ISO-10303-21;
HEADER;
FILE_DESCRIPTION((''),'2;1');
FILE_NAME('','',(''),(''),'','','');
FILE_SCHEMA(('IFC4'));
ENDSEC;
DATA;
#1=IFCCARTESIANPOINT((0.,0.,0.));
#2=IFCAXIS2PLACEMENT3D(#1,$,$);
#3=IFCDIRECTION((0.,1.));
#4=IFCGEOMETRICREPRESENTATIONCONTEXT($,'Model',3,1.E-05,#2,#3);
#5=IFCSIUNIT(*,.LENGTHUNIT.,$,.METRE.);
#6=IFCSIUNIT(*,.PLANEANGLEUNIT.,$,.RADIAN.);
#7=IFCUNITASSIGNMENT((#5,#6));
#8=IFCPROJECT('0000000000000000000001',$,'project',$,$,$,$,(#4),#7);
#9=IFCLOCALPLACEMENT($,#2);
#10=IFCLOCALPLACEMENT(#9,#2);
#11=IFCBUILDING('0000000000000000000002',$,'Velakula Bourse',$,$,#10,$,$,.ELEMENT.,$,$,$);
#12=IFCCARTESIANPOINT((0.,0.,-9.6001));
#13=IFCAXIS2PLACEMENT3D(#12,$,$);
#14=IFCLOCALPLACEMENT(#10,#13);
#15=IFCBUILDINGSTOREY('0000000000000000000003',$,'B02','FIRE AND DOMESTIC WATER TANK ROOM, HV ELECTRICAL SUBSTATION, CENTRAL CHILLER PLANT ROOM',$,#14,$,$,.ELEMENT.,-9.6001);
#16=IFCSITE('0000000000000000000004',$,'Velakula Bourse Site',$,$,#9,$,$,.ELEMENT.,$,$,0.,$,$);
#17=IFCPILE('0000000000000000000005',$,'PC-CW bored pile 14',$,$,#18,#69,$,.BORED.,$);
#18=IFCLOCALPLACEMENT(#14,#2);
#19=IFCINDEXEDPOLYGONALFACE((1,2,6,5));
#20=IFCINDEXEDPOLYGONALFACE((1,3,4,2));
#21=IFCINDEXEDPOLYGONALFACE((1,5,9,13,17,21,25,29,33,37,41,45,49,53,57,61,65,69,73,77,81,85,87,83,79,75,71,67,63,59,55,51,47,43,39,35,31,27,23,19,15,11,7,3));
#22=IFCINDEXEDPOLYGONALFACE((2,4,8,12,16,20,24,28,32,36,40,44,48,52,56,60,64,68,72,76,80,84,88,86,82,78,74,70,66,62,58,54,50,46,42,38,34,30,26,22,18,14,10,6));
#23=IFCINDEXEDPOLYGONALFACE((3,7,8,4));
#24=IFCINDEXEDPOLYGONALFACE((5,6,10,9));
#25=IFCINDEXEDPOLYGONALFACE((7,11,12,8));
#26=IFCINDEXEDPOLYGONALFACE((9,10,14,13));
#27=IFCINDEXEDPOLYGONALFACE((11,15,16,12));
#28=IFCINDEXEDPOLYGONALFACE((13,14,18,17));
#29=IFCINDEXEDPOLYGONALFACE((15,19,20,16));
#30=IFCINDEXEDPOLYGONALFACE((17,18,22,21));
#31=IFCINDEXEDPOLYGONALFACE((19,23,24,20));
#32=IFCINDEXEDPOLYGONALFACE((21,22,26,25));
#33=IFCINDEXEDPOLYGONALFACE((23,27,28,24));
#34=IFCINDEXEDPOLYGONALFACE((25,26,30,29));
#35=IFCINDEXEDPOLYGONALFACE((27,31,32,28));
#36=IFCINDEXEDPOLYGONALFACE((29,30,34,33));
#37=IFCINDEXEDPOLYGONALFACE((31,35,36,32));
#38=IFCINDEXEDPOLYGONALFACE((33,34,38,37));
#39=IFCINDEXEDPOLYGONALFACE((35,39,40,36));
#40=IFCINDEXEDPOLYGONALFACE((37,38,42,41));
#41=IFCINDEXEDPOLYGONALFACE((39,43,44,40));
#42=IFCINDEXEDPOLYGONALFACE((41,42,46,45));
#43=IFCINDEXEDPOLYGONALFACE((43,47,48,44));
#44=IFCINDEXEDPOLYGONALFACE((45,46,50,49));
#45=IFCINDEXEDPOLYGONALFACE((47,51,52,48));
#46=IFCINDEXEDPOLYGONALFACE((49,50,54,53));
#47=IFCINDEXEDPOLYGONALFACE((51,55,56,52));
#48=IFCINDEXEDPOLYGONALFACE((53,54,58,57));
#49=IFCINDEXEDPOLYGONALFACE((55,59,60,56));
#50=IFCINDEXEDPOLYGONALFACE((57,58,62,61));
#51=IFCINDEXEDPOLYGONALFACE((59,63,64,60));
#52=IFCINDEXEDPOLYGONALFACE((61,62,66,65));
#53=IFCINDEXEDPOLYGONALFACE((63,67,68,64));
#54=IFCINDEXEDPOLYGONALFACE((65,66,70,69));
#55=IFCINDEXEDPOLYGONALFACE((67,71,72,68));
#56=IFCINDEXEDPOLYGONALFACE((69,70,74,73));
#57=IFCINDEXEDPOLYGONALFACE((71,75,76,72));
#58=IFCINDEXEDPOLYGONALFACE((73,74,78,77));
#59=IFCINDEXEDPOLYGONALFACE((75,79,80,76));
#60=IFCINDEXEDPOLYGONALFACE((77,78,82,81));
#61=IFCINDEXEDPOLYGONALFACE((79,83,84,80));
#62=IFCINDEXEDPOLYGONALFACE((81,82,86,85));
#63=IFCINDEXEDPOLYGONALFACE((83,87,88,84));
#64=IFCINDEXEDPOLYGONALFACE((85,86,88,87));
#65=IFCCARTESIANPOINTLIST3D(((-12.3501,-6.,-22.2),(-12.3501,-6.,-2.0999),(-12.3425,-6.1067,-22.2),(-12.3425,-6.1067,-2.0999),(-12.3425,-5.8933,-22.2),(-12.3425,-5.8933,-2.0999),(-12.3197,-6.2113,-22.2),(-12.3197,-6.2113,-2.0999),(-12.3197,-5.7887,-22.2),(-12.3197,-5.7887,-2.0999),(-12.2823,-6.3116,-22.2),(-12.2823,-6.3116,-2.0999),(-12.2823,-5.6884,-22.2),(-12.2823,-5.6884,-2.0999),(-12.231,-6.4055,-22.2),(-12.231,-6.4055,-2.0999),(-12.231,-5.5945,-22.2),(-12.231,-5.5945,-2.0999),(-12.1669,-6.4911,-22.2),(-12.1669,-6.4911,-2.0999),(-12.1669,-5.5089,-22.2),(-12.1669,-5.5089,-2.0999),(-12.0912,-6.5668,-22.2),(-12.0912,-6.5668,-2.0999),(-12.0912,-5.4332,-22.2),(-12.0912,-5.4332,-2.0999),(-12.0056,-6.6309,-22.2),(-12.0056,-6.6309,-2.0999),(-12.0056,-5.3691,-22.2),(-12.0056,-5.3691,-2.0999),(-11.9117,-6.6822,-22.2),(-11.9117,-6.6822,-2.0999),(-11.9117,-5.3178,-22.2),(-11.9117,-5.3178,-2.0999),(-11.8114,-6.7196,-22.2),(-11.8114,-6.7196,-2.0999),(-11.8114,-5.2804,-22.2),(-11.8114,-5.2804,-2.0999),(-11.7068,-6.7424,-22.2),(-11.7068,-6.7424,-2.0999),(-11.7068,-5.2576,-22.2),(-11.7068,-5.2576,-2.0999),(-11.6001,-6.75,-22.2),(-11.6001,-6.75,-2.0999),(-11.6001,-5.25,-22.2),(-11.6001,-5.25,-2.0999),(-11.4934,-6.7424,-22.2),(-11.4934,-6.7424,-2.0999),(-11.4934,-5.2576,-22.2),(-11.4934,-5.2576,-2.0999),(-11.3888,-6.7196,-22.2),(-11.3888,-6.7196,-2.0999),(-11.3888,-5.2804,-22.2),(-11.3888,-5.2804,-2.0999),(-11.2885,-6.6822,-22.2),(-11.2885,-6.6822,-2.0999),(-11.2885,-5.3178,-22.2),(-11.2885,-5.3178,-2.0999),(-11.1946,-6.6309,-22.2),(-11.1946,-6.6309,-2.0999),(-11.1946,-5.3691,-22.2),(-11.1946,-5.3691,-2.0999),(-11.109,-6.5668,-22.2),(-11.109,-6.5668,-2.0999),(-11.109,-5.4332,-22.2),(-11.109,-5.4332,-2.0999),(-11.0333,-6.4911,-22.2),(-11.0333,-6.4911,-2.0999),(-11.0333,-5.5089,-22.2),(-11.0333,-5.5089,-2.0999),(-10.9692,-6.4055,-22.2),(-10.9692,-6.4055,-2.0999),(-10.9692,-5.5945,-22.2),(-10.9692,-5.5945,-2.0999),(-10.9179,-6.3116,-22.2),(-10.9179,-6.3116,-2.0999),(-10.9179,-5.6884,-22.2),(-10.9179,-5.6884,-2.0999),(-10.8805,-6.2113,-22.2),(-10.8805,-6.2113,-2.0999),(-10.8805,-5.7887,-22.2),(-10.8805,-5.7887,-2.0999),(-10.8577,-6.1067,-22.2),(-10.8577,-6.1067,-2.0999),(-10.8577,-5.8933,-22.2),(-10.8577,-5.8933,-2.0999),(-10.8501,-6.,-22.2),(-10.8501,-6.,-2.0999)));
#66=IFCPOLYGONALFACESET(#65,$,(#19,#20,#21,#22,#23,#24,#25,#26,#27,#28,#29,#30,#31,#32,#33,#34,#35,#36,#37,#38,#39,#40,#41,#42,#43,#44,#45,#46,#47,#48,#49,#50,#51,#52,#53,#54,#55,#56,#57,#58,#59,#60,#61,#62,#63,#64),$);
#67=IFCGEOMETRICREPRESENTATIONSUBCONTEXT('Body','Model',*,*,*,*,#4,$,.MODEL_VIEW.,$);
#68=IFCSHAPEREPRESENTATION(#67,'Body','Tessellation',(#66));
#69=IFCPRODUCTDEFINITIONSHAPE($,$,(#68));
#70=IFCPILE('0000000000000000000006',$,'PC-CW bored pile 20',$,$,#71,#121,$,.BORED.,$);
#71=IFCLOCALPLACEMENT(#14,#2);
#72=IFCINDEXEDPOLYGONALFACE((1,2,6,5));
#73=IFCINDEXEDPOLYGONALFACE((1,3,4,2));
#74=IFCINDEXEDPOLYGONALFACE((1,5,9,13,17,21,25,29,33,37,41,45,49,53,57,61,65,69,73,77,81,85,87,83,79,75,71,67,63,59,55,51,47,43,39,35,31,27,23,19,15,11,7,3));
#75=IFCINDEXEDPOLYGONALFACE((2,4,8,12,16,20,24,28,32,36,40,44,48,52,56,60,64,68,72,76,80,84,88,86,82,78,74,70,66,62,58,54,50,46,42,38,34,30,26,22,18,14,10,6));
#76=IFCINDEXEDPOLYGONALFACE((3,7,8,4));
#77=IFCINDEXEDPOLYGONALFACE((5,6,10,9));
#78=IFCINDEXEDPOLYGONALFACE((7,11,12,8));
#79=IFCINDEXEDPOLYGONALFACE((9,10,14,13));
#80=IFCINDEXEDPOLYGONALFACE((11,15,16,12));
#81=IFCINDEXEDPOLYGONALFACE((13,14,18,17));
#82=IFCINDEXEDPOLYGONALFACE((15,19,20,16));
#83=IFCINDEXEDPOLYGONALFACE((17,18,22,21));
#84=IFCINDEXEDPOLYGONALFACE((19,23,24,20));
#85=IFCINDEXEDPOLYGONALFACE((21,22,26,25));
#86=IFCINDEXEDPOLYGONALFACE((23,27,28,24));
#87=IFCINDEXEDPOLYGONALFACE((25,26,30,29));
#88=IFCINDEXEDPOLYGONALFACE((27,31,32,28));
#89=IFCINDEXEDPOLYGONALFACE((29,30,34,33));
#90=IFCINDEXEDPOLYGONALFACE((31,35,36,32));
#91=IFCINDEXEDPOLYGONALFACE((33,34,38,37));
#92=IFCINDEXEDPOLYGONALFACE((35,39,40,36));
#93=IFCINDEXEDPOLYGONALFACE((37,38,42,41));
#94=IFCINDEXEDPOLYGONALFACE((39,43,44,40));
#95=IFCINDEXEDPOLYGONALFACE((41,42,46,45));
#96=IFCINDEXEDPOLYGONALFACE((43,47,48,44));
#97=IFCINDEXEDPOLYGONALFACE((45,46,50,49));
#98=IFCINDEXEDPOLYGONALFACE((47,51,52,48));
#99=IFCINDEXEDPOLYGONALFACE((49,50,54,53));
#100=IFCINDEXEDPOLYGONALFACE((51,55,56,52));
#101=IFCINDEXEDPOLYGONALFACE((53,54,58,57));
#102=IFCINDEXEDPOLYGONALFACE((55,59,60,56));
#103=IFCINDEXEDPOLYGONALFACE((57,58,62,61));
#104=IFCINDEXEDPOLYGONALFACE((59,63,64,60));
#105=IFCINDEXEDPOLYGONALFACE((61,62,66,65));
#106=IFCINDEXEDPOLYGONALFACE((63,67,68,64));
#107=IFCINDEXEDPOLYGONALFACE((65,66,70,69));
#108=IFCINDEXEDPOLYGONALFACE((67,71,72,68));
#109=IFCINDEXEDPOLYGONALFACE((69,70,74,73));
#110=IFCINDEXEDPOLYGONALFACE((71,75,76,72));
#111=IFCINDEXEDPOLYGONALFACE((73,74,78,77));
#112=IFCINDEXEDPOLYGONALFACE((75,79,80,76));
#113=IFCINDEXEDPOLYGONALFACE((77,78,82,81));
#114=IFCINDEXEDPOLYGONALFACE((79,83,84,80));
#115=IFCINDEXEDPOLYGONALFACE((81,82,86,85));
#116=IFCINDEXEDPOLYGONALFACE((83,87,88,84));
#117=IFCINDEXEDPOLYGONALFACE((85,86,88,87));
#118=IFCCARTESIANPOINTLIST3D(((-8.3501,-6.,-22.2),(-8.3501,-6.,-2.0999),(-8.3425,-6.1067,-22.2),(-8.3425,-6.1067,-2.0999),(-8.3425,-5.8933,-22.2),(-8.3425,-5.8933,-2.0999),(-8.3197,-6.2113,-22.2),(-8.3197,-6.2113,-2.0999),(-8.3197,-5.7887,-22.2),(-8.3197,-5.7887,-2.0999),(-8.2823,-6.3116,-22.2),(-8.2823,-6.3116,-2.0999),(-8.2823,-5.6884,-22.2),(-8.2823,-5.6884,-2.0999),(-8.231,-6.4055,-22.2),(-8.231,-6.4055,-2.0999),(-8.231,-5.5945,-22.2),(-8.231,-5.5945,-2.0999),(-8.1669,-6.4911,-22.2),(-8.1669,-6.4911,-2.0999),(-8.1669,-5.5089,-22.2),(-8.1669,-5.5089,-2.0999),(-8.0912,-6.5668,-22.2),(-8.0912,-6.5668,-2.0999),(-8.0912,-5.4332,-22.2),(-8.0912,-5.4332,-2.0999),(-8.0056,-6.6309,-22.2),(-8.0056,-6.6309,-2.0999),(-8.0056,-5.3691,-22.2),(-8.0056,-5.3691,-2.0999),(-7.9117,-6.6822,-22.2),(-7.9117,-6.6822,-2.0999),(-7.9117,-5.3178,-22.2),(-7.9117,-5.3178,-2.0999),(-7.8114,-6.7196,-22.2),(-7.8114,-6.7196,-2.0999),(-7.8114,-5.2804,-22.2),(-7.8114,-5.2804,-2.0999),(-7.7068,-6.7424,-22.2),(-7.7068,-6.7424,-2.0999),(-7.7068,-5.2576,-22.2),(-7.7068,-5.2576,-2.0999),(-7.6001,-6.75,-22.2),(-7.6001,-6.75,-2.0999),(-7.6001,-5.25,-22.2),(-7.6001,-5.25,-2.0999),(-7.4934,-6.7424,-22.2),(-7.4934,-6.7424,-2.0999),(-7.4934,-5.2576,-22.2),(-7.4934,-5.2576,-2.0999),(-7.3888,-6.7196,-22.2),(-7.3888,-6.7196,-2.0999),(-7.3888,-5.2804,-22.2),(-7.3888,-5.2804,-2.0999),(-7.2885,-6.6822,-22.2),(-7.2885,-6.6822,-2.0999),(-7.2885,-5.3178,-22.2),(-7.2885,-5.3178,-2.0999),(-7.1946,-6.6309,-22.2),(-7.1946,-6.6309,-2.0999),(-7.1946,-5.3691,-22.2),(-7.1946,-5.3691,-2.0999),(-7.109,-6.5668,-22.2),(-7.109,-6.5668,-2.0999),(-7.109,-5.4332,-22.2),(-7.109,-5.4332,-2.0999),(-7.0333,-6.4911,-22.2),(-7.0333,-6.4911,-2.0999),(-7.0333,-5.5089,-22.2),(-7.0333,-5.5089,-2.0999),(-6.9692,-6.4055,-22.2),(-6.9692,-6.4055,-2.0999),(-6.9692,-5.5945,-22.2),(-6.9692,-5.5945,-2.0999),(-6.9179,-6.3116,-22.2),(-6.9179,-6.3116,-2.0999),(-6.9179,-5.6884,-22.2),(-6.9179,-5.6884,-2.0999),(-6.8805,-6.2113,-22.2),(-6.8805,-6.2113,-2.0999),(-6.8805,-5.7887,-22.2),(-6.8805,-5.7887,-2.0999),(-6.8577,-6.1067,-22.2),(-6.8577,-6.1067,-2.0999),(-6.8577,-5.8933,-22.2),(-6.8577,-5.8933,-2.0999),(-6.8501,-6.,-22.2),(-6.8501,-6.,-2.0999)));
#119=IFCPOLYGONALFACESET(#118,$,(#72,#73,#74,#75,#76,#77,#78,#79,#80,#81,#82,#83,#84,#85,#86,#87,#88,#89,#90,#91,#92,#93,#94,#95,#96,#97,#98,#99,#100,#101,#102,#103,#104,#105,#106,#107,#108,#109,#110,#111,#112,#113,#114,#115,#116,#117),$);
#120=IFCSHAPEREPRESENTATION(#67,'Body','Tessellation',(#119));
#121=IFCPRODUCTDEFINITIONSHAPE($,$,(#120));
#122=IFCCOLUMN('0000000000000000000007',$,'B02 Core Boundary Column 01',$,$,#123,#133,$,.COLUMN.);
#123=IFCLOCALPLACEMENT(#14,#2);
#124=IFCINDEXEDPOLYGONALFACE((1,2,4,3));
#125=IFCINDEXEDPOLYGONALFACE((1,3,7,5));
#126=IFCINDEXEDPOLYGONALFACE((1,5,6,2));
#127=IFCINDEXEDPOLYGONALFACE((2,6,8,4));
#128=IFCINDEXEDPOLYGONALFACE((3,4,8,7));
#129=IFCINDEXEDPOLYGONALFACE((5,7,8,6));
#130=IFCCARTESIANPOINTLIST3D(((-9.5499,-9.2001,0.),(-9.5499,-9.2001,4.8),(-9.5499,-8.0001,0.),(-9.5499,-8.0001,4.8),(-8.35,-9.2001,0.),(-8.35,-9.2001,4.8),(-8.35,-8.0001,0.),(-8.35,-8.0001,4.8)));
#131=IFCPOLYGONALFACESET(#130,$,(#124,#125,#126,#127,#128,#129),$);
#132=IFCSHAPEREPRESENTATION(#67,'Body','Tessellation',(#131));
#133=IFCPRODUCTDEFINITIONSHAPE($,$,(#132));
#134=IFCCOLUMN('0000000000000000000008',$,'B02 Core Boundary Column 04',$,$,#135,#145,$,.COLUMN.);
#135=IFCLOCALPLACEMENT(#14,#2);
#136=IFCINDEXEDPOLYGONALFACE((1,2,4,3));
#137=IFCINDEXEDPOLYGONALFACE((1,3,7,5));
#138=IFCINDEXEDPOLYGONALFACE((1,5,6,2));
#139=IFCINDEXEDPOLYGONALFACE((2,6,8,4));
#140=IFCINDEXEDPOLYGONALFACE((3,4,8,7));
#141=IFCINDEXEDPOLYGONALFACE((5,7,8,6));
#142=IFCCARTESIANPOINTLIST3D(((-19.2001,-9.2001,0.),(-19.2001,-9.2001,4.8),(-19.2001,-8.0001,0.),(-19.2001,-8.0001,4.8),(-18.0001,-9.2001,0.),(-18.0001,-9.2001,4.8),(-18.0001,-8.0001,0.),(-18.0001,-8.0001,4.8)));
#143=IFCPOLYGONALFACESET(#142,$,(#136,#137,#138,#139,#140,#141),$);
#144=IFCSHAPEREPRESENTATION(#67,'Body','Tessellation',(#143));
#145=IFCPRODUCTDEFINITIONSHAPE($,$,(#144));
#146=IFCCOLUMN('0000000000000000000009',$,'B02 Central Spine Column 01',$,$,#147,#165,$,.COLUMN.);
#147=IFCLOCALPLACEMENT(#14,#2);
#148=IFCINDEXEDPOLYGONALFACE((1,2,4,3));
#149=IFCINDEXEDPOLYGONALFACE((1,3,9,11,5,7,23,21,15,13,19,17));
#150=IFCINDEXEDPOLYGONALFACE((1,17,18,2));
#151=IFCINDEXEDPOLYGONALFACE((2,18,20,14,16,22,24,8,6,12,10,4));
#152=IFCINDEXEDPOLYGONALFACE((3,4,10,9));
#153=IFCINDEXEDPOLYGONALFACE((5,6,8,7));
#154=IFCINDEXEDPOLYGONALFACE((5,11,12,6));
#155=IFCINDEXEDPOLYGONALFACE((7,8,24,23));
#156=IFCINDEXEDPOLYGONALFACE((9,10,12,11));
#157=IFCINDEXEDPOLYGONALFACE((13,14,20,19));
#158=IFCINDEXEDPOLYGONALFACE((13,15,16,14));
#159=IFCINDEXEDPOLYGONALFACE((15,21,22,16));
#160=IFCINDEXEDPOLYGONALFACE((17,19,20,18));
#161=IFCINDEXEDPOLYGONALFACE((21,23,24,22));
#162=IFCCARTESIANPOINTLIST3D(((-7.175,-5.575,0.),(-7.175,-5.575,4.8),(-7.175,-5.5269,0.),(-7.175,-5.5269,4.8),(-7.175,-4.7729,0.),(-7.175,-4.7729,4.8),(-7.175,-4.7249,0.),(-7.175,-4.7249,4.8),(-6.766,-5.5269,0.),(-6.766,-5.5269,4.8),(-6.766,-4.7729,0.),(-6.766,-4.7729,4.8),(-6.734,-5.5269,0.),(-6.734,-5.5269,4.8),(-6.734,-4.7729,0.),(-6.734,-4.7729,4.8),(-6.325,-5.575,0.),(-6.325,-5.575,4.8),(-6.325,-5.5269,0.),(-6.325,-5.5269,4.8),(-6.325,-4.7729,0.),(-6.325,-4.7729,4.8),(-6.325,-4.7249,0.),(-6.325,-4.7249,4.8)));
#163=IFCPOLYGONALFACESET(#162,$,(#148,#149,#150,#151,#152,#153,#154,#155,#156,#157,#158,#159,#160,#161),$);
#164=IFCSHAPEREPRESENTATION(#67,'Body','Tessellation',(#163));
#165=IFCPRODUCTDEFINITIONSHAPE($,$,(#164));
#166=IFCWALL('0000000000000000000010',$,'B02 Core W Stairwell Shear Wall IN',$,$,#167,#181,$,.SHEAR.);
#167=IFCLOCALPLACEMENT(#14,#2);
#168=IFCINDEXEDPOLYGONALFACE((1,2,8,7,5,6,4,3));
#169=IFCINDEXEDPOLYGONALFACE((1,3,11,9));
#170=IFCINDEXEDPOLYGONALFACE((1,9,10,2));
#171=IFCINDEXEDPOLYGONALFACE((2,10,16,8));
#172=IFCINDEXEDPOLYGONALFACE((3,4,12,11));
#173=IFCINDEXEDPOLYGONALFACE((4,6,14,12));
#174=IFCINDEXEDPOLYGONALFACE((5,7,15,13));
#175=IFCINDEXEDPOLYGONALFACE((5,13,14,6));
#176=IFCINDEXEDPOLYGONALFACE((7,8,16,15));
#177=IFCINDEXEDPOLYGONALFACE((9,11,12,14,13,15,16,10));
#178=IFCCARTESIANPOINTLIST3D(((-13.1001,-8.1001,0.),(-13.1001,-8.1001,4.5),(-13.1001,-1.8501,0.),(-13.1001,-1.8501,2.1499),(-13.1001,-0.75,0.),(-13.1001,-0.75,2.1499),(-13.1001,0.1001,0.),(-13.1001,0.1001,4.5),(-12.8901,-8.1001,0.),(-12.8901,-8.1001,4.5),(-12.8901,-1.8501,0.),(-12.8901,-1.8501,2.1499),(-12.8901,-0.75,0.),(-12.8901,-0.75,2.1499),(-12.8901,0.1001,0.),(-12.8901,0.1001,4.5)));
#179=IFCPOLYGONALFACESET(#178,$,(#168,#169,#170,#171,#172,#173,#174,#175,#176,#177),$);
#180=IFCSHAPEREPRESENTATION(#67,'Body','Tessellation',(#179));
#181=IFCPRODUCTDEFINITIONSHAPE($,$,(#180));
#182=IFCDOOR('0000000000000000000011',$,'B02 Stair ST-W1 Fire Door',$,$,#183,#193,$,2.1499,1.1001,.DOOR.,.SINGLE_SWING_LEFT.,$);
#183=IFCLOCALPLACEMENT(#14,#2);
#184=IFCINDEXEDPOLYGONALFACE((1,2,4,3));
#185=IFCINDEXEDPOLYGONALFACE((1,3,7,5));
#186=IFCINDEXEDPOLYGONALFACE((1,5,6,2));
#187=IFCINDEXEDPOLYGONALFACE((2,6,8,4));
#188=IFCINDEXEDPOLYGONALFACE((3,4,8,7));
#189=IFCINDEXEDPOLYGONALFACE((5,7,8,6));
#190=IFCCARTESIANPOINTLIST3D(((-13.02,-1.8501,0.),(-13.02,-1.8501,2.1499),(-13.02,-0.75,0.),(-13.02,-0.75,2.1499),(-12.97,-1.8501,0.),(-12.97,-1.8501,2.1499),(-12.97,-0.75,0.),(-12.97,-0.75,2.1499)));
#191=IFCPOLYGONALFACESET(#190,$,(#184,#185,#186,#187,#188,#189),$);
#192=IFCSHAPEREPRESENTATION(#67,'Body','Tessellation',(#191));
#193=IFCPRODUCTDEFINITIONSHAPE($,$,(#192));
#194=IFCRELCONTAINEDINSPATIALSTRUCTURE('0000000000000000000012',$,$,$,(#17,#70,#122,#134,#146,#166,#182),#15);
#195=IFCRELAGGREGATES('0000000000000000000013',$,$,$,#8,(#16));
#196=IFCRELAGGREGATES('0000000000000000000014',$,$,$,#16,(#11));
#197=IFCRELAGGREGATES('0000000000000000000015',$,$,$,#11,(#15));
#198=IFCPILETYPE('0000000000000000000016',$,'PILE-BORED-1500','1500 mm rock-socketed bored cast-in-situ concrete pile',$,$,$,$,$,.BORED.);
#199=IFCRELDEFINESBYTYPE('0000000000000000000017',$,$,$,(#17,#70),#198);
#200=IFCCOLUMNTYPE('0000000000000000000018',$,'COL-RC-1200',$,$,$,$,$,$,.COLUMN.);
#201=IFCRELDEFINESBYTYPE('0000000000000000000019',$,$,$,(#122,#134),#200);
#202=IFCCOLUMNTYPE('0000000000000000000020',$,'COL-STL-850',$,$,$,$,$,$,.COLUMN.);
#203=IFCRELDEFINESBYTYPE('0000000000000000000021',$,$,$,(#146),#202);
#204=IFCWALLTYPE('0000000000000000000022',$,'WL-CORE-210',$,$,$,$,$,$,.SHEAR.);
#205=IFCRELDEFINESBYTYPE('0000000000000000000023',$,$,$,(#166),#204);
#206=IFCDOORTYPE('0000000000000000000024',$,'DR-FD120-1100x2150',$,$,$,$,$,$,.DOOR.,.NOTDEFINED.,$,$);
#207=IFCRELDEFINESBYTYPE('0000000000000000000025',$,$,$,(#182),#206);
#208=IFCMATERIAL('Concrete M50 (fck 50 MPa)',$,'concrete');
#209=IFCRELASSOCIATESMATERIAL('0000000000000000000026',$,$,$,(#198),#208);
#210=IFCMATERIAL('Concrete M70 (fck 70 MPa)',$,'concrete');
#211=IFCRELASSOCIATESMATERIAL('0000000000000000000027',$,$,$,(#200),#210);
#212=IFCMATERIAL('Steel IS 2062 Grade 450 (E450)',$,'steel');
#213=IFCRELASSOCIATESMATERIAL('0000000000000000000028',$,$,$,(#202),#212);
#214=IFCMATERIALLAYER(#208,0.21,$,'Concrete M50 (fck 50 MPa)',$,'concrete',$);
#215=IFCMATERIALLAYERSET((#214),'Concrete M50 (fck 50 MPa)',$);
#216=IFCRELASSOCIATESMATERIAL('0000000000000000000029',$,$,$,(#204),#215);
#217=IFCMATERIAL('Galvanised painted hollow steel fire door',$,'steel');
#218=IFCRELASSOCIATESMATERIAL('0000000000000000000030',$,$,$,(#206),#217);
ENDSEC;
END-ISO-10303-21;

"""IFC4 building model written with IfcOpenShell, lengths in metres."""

from ifc_helpers import new_model, si_unit, direction, frame, frame_2d, origin, origin_2d, place, context, subcontext, project, spatial, rectangle, circle, i_section, extrude, material, layer, layer_set, material_profile, profile_set, type_object, element, fill, save


model = new_model("IFC4")

# Units and contexts
model_context = context("Model", 3, precision=1e-05, world=origin(), true_north=direction((0.0, 1.0)))
body_context = subcontext(model_context, "Body", "Model", "MODEL_VIEW")
ifc_project = project(units=[si_unit("LENGTHUNIT", "METRE"), si_unit("PLANEANGLEUNIT", "RADIAN")], contexts=[model_context])

# Site, building, storey
site_placement = place(None, origin())
site = spatial("IfcSite", under=ifc_project, at=site_placement, Name="Velakula Bourse Site", CompositionType="ELEMENT", RefElevation=0.0)
building_placement = place(site_placement, origin())
building = spatial("IfcBuilding", under=site, at=building_placement, Name="Velakula Bourse", CompositionType="ELEMENT")
storey_placement = place(building_placement, frame((0.0, 0.0, -9.6001)))
storey = spatial("IfcBuildingStorey", under=building, at=storey_placement, Name="B02", Description="FIRE AND DOMESTIC WATER TANK ROOM, HV ELECTRICAL SUBSTATION, CENTRAL CHILLER PLANT ROOM", CompositionType="ELEMENT", Elevation=-9.6001)

# Shared definitions
ifc_material_1 = material(Name="Concrete M70 (fck 70 MPa)", Category="concrete")

# Piles
ifc_material_2 = material(Name="Concrete M50 (fck 50 MPa)", Category="concrete")
ifc_material_profile_1 = material_profile(ifc_material_2, circle(Radius=0.75, at=origin_2d()), Name="Concrete M50 (fck 50 MPa)")
ifc_profile_set_1 = profile_set([ifc_material_profile_1], Name="Concrete M50 (fck 50 MPa)")
pile_type = type_object("IfcPileType", Name="PILE-BORED-1500", Description="1500 mm rock-socketed bored cast-in-situ concrete pile", PredefinedType="BORED", material=ifc_profile_set_1)
for number, where, z_axis, x_axis, name in (
    (1, (-11.6001, -6.0, -2.0999), (0.0, 0.0, -1.0), (1.0, 0.0, 0.0), "PC-CW bored pile 14"),
    (2, (-7.6001, -6.0, -2.0999), (0.0, 0.0, -1.0), (1.0, 0.0, 0.0), "PC-CW bored pile 20"),
):
    element("IfcPile", number, at=place(storey_placement, frame(where, z_axis=z_axis, x_axis=x_axis)), inside=storey, type_object=pile_type, Name=name, PredefinedType="BORED", context=body_context, shape_type="SweptSolid", body=[
        extrude(circle(Radius=0.75, at=origin_2d()), origin(), (0.0, 0.0, 1.0), 20.1001),
    ])

# Columns
ifc_material_profile_2 = material_profile(ifc_material_1, rectangle(XDim=1.2, YDim=1.2, at=origin_2d()), Name="Concrete M70 (fck 70 MPa)")
ifc_profile_set_2 = profile_set([ifc_material_profile_2], Name="Concrete M70 (fck 70 MPa)")
column_type_1 = type_object("IfcColumnType", Name="COL-RC-1200", PredefinedType="COLUMN", material=ifc_profile_set_2)
for number, where, z_axis, x_axis, name in (
    (3, (-8.95, -8.6001, 0.0), (0.0, 0.0, 1.0), (1.0, 0.0, 0.0), "B02 Core Boundary Column 01"),
    (4, (-18.6001, -8.6001, 0.0), (0.0, 0.0, 1.0), (1.0, 0.0, 0.0), "B02 Core Boundary Column 04"),
):
    element("IfcColumn", number, at=place(storey_placement, frame(where, z_axis=z_axis, x_axis=x_axis)), inside=storey, type_object=column_type_1, Name=name, PredefinedType="COLUMN", context=body_context, shape_type="SweptSolid", body=[
        extrude(rectangle(XDim=1.2, YDim=1.2, at=origin_2d()), origin(), (0.0, 0.0, 1.0), 4.8),
    ])
ifc_material_3 = material(Name="Steel IS 2062 Grade 450 (E450)", Category="steel")
ifc_material_profile_3 = material_profile(ifc_material_3, i_section(OverallWidth=0.8501, OverallDepth=0.8501, WebThickness=0.032, FlangeThickness=0.0481, at=origin_2d()), Name="Steel IS 2062 Grade 450 (E450)")
ifc_profile_set_3 = profile_set([ifc_material_profile_3], Name="Steel IS 2062 Grade 450 (E450)")
column_type_2 = type_object("IfcColumnType", Name="COL-STL-850", PredefinedType="COLUMN", material=ifc_profile_set_3)
column_placement = place(storey_placement, frame((-6.75, -5.1499, 0.0), z_axis=(0.0, 0.0, 1.0), x_axis=(1.0, 0.0, 0.0)))
element("IfcColumn", 5, at=column_placement, inside=storey, type_object=column_type_2, Name="B02 Central Spine Column 01", PredefinedType="COLUMN", context=body_context, shape_type="SweptSolid", body=[
    extrude(i_section(OverallWidth=0.8501, OverallDepth=0.8501, WebThickness=0.032, FlangeThickness=0.0481, at=origin_2d()), origin(), (0.0, 0.0, 1.0), 4.8),
])

# Wall, opening, door
ifc_layer_1 = layer(ifc_material_2, 0.21, Name="Concrete M50 (fck 50 MPa)", Category="concrete")
ifc_layer_set_1 = layer_set([ifc_layer_1], Name="Concrete M50 (fck 50 MPa)")
wall_type_1 = type_object("IfcWallType", Name="WL-CORE-210", PredefinedType="SHEAR", material=ifc_layer_set_1)
wall_1_placement = place(storey_placement, frame((-12.9951, -8.1001, 0.0), z_axis=(0.0, 0.0, 1.0), x_axis=(0.0, 1.0, 0.0)))
wall_1 = element("IfcWall", 6, at=wall_1_placement, inside=storey, type_object=wall_type_1, Name="B02 Core W Stairwell Shear Wall IN", PredefinedType="SHEAR", context=body_context, shape_type="SweptSolid", body=[
    extrude(rectangle(XDim=8.2002, YDim=0.21, at=frame_2d((4.1001, 0.0))), origin(), (0.0, 0.0, 1.0), 4.5),
])
opening_1_placement = place(wall_1_placement, frame((6.25, 0.0, 0.0)))
opening_1 = element("IfcOpeningElement", 7, at=opening_1_placement, cuts=wall_1, PredefinedType="OPENING", context=body_context, shape_type="SweptSolid", body=[
    extrude(rectangle(XDim=1.1001, YDim=2.1499, at=frame_2d((0.55, 1.075))), frame((0.0, 0.115, 0.0), z_axis=(0.0, -1.0, 0.0), x_axis=(1.0, 0.0, 0.0)), (0.0, 0.0, 1.0), 0.23),
])
ifc_material_4 = material(Name="Galvanised painted hollow steel fire door", Category="steel")
door_type_1 = type_object("IfcDoorType", Name="DR-FD120-1100x2150", OperationType="NOTDEFINED", PredefinedType="DOOR", material=ifc_material_4)
door_1_placement = place(opening_1_placement, origin())
door_1 = element("IfcDoor", 8, at=door_1_placement, inside=storey, type_object=door_type_1, Name="B02 Stair ST-W1 Fire Door", OperationType="SINGLE_SWING_LEFT", OverallHeight=2.1499, OverallWidth=1.1001, PredefinedType="DOOR", context=body_context, shape_type="SweptSolid", body=[
    extrude(rectangle(XDim=1.1001, YDim=2.1499, at=frame_2d((0.55, 1.075))), frame((0.0, 0.0249, 0.0), z_axis=(0.0, -1.0, 0.0), x_axis=(1.0, 0.0, 0.0)), (0.0, 0.0, 1.0), 0.05),
])
fill(opening_1, door_1)

save(model, "model.ifc")
